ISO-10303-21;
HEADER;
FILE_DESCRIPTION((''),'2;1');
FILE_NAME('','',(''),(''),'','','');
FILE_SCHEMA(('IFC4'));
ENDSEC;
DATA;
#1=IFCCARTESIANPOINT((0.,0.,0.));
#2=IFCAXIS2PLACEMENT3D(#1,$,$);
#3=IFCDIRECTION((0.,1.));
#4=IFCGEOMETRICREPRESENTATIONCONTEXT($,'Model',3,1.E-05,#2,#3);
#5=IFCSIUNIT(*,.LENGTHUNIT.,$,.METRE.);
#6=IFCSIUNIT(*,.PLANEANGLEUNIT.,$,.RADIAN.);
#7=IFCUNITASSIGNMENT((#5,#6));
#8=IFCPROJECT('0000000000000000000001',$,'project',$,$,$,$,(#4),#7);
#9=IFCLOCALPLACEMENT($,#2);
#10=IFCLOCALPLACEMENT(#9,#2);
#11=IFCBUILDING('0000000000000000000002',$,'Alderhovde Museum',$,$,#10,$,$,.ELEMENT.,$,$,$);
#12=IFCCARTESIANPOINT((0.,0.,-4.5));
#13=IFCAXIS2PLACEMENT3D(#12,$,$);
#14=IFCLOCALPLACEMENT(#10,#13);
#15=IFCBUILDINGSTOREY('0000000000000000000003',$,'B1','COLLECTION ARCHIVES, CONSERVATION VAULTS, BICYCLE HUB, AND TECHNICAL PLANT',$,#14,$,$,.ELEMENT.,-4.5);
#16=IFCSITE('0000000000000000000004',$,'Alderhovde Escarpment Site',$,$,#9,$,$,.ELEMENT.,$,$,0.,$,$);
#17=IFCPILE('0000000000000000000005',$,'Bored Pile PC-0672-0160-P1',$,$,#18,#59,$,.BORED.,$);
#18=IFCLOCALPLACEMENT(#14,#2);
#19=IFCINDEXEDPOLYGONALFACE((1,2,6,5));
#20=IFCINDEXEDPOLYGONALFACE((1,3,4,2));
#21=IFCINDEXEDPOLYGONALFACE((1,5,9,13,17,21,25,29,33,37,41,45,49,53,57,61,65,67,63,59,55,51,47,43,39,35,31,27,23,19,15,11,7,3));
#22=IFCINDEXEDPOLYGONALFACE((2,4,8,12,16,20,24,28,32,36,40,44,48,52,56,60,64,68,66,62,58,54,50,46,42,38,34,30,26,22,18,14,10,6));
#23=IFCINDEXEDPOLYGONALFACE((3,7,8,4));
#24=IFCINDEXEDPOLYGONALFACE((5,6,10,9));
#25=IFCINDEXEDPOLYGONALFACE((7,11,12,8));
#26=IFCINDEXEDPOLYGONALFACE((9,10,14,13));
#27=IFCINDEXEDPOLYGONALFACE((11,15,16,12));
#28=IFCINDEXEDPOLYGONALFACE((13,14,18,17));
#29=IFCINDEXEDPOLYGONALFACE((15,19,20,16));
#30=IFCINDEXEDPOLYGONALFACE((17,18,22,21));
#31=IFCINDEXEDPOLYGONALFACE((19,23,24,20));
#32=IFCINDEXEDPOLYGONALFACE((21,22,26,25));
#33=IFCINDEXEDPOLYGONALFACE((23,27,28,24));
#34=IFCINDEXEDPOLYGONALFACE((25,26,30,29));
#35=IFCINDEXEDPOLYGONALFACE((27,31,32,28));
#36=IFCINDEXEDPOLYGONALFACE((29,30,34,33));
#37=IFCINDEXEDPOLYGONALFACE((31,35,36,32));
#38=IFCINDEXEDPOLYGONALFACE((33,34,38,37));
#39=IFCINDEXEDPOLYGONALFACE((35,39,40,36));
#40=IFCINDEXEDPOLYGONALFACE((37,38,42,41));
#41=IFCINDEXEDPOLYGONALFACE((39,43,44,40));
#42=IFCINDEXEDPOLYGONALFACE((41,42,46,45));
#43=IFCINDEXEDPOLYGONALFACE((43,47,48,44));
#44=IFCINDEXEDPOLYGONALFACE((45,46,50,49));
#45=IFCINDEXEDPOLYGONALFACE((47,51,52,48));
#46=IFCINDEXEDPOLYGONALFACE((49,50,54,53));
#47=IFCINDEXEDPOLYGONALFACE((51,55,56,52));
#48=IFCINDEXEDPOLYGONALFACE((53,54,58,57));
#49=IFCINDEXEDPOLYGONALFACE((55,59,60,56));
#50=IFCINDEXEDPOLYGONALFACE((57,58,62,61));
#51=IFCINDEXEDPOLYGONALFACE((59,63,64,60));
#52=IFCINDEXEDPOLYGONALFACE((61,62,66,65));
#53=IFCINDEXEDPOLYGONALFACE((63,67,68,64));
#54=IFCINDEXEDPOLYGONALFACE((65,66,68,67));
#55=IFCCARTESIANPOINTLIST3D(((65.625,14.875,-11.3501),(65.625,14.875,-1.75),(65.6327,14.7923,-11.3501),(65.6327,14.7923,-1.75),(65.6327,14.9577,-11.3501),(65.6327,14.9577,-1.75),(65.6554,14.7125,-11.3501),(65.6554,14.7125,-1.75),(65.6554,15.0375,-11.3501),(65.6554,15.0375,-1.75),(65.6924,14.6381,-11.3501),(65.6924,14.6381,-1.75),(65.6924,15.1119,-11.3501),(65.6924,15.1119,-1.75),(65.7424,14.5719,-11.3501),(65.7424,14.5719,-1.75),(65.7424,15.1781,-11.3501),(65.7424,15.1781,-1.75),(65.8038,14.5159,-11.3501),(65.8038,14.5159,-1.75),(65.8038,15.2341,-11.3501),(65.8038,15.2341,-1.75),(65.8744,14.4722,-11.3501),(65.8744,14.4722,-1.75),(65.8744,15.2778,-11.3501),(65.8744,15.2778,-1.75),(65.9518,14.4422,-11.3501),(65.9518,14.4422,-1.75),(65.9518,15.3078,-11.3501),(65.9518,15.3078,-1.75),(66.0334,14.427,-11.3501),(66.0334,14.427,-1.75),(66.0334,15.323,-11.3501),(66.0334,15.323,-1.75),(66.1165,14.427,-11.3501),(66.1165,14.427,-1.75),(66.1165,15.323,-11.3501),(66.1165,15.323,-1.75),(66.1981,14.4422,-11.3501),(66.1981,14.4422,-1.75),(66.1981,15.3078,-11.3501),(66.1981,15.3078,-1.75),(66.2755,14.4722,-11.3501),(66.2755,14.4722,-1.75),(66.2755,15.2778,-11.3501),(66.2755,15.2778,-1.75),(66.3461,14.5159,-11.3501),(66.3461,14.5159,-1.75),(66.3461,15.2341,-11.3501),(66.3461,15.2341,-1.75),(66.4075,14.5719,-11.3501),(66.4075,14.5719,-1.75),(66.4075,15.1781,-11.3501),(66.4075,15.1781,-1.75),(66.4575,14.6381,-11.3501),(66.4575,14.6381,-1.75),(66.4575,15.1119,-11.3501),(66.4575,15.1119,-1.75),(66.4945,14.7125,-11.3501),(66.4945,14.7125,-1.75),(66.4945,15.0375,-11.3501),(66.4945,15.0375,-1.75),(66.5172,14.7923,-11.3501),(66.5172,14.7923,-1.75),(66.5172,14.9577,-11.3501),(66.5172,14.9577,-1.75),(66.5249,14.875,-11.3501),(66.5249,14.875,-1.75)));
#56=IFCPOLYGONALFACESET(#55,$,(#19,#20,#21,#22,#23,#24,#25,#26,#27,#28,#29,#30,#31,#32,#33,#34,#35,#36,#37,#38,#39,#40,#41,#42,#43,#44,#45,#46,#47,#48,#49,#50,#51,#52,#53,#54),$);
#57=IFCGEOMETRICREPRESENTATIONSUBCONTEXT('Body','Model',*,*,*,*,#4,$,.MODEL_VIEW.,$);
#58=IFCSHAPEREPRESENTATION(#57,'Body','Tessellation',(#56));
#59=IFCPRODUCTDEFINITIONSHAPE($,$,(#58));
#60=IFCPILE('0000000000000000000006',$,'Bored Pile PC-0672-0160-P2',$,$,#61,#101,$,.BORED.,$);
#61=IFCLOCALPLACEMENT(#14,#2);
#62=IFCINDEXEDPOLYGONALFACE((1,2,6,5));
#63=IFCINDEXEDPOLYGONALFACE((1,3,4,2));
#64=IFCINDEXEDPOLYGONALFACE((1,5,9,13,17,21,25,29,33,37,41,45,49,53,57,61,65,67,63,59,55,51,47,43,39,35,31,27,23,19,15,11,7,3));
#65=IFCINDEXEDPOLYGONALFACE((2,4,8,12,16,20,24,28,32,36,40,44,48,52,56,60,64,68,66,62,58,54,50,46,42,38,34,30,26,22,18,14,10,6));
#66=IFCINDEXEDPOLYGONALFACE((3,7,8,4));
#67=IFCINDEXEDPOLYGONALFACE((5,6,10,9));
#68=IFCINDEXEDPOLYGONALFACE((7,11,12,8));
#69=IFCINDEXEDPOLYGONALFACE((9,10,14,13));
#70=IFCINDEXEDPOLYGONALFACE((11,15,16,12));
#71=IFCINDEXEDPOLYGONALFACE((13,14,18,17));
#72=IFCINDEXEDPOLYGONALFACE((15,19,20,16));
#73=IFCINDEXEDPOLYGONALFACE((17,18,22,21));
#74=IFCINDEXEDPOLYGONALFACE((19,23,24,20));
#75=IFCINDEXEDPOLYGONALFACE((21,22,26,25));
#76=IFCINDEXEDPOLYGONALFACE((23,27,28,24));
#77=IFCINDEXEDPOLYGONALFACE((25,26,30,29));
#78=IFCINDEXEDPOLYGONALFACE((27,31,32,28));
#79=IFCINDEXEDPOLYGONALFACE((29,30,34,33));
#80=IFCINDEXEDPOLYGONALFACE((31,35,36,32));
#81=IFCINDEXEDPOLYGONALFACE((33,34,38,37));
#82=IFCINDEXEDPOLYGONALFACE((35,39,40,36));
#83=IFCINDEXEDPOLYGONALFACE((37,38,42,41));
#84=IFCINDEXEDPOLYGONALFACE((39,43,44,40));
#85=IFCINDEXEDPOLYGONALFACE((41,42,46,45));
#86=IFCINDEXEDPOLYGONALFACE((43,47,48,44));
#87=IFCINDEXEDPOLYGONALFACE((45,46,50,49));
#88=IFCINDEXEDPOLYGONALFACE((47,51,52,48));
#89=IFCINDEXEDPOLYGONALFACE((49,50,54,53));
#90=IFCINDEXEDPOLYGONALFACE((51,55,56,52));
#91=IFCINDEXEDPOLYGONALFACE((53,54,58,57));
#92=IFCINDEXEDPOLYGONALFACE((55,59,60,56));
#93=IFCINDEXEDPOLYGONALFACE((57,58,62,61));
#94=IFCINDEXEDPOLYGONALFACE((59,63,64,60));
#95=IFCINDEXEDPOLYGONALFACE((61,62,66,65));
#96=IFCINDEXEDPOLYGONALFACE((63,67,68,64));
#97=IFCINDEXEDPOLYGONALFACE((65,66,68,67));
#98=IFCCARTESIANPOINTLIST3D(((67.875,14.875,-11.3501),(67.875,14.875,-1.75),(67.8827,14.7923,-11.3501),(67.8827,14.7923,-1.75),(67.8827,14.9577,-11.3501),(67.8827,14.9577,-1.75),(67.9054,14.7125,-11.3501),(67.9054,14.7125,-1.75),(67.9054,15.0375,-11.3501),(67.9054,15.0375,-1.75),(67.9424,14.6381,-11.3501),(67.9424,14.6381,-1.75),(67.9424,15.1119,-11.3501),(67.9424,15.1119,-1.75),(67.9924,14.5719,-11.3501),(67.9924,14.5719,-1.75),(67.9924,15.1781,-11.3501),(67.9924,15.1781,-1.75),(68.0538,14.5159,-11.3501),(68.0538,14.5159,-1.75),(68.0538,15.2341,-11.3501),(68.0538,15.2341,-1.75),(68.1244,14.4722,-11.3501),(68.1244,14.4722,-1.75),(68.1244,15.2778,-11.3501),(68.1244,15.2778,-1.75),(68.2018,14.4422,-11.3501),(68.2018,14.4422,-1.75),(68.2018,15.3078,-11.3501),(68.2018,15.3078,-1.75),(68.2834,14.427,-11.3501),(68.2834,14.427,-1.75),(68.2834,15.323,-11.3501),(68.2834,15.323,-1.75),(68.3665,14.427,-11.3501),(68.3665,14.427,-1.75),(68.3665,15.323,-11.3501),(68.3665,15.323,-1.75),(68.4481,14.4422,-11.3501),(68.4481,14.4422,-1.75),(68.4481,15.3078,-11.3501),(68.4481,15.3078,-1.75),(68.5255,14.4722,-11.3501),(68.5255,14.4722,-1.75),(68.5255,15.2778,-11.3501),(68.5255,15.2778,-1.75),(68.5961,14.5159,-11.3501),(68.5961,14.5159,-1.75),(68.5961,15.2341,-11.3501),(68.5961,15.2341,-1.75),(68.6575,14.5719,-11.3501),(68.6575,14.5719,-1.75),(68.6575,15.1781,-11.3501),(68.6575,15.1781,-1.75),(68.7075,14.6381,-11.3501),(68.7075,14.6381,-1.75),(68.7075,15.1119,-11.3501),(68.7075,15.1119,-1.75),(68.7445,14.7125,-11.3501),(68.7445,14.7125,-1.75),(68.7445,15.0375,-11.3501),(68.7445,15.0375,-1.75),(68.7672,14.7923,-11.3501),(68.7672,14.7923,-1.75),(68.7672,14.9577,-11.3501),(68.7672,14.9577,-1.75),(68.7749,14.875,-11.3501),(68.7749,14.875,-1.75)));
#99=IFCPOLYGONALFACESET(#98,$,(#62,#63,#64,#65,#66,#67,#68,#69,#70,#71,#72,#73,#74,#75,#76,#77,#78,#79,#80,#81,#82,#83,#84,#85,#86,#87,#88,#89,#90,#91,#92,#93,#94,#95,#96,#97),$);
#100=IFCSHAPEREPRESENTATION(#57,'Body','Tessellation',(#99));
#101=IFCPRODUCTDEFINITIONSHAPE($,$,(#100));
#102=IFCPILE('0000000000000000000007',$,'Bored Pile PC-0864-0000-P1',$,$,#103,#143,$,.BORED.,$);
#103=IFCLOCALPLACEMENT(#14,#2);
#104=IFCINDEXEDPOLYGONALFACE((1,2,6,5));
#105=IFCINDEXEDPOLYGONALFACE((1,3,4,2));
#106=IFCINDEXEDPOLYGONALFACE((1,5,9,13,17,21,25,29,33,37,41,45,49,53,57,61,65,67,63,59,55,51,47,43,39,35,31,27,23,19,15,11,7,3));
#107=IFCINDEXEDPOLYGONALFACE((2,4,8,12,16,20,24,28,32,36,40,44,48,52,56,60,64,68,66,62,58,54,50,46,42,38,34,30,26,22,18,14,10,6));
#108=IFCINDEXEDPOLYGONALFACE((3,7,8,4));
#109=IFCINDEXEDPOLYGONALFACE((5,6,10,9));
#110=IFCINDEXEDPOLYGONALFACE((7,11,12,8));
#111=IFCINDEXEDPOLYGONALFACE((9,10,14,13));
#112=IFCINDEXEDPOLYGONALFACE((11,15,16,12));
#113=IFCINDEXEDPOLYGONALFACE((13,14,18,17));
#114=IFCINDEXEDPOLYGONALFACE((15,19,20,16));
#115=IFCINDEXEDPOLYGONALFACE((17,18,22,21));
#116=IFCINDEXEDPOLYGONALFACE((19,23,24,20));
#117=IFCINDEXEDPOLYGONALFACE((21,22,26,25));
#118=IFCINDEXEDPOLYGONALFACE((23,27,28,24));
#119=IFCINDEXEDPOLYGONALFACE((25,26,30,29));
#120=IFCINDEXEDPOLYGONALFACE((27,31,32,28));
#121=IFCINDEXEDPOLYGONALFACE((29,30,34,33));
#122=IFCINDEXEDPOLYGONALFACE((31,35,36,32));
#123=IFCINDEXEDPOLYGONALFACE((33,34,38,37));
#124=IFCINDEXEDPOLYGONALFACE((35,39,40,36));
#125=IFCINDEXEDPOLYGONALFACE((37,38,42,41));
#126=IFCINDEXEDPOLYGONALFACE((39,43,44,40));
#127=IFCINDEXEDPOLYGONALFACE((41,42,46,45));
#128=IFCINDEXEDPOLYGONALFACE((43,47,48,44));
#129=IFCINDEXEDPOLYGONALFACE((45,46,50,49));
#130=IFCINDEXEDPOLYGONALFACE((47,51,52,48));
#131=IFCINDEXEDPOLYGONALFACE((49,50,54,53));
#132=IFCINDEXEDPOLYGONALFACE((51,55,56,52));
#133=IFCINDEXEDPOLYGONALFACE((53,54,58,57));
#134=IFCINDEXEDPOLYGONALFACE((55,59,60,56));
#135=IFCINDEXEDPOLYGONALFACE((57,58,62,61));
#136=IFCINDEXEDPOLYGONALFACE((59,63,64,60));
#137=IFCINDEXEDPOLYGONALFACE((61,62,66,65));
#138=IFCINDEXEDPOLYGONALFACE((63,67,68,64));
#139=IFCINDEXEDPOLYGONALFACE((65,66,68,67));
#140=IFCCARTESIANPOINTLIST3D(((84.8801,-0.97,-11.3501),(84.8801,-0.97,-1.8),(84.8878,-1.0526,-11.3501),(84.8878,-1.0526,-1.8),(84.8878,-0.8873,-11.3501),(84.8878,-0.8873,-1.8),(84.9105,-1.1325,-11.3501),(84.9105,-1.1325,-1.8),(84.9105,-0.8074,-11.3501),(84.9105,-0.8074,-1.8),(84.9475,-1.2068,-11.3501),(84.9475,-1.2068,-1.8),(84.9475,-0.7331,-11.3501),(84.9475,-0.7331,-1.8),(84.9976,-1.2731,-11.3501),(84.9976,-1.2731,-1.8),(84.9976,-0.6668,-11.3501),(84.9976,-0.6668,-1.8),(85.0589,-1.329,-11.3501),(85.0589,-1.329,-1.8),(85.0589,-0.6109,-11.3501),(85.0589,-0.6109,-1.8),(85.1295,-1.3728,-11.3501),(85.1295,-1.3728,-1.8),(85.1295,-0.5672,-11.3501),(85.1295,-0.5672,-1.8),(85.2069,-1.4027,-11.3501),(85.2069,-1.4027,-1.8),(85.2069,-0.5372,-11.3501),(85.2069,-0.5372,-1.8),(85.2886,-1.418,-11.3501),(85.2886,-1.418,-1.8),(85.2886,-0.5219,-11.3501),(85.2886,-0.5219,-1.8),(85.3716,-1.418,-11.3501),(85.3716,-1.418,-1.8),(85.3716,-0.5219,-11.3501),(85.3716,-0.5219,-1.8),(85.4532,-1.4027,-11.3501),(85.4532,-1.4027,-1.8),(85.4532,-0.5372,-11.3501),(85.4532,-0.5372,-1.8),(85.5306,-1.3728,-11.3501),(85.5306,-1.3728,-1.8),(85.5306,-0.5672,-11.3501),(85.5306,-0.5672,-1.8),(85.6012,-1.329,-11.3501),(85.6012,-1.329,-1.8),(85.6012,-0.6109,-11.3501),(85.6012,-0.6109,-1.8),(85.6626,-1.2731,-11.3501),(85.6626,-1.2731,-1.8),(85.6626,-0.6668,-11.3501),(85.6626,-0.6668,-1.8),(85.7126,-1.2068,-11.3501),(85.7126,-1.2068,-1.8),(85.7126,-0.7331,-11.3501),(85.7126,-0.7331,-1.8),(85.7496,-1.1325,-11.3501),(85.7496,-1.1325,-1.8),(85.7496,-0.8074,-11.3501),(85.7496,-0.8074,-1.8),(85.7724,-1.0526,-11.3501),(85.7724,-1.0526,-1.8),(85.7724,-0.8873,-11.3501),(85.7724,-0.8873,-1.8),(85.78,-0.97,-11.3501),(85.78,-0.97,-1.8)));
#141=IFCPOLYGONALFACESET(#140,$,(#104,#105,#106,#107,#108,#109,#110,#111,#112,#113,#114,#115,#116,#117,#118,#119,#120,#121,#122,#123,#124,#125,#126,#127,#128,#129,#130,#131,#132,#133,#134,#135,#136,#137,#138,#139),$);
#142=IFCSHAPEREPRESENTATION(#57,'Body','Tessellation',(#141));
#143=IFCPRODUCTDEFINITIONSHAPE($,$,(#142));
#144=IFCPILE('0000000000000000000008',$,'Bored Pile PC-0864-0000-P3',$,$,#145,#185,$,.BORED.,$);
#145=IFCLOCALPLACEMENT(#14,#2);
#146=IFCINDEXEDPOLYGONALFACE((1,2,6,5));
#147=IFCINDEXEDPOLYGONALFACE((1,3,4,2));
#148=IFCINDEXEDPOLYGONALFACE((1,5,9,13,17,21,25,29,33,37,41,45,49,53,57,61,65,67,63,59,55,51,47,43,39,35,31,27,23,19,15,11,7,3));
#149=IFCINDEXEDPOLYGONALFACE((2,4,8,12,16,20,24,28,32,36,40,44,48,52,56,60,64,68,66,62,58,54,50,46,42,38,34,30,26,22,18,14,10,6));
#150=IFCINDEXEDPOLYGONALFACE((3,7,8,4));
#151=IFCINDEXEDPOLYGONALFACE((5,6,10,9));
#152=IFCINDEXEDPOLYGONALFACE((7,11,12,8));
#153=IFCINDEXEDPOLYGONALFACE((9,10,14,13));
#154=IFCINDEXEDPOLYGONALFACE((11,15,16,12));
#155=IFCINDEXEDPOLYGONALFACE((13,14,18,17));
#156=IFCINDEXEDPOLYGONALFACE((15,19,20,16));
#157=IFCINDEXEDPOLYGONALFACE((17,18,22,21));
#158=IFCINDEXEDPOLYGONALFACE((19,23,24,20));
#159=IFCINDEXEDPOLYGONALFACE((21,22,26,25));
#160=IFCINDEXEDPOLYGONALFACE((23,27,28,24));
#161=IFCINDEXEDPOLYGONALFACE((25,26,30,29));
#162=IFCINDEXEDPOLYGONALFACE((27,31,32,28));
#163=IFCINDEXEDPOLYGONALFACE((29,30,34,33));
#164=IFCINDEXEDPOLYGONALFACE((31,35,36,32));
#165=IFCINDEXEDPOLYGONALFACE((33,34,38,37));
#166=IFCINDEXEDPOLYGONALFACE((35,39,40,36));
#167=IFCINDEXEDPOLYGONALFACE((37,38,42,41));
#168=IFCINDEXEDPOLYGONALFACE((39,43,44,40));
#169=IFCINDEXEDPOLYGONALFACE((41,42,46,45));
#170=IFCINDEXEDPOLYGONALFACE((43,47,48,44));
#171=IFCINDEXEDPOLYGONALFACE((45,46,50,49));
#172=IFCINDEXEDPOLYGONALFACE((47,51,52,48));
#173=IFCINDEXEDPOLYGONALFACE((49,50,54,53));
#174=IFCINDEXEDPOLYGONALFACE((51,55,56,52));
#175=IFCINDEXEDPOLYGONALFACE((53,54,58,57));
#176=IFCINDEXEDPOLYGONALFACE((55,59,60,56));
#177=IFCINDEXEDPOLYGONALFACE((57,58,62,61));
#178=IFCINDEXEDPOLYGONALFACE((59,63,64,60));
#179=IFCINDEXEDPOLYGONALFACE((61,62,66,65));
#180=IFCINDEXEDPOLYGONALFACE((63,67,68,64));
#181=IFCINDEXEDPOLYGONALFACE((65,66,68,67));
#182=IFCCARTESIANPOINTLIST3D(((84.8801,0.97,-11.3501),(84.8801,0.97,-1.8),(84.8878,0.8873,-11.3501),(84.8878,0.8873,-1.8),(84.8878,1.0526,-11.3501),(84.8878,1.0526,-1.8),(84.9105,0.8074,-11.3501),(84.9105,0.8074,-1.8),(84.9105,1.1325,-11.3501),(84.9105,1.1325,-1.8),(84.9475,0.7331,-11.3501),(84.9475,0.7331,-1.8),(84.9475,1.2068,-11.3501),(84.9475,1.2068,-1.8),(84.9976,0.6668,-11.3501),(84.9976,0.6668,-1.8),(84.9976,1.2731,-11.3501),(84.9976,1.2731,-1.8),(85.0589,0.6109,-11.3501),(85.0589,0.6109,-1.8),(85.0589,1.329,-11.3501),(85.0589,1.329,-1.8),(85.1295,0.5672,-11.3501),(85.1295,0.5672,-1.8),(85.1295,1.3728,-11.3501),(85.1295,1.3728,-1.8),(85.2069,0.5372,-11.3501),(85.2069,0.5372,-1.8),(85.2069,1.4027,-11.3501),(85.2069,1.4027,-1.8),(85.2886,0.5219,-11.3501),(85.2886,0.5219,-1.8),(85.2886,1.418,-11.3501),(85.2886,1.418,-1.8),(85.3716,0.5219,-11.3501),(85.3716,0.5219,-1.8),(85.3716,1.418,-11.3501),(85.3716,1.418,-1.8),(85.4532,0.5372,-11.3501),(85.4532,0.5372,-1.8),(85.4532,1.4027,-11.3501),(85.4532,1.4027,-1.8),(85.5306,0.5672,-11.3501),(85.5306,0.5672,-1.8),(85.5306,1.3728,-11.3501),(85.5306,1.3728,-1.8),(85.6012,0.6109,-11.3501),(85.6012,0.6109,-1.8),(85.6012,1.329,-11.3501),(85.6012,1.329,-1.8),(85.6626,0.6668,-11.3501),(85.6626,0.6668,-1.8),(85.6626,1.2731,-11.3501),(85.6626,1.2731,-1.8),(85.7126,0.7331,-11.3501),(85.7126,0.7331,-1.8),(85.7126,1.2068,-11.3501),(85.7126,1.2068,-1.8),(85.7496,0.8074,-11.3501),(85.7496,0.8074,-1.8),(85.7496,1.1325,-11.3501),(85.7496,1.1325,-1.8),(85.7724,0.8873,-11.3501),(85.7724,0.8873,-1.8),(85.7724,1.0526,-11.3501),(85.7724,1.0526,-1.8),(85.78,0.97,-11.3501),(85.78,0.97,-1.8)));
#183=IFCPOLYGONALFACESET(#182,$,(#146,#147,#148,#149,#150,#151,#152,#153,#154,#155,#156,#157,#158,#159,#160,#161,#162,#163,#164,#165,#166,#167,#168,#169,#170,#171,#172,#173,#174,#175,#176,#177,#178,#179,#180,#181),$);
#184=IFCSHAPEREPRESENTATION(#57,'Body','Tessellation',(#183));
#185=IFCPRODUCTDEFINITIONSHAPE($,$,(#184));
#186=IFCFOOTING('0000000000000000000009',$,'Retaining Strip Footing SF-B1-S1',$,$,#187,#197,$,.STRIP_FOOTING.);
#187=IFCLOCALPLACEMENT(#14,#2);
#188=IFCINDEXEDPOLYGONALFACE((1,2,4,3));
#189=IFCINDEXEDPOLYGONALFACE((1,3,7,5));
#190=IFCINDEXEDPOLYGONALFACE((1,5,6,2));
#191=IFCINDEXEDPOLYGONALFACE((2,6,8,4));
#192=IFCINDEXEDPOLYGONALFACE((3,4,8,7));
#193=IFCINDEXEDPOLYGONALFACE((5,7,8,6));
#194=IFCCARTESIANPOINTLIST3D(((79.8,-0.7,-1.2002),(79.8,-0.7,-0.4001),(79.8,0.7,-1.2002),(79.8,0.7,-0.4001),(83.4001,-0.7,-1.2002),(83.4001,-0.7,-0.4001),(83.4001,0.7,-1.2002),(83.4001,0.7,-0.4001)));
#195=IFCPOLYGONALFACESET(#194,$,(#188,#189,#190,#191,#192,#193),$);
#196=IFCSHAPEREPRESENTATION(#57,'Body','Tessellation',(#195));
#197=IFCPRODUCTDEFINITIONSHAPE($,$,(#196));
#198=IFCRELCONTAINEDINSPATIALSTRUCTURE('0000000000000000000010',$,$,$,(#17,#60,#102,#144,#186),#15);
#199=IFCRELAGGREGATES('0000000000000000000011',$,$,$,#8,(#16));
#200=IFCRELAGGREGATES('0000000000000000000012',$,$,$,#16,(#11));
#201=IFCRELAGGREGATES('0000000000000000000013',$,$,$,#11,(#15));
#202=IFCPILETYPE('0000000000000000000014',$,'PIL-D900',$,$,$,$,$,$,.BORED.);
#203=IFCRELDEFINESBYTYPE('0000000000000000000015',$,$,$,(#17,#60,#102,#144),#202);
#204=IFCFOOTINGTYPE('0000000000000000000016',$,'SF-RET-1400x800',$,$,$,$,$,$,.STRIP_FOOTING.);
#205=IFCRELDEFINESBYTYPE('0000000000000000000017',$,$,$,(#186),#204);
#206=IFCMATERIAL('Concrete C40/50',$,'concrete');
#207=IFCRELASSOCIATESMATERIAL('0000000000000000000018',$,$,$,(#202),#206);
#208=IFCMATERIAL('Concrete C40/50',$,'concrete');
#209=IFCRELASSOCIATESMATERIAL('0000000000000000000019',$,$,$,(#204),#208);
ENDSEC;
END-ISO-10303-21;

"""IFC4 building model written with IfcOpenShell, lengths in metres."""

from ifc_helpers import new_model, si_unit, direction, frame, origin, origin_2d, place, context, subcontext, project, spatial, rectangle, circle, extrude, material, material_profile, profile_set, type_object, element, save


model = new_model("IFC4")

# Units and contexts
model_context = context("Model", 3, precision=1e-05, world=origin(), true_north=direction((0.0, 1.0)))
body_context = subcontext(model_context, "Body", "Model", "MODEL_VIEW")
ifc_project = project(units=[si_unit("LENGTHUNIT", "METRE"), si_unit("PLANEANGLEUNIT", "RADIAN")], contexts=[model_context])

# Site, building, storey
site_placement = place(None, origin())
site = spatial("IfcSite", under=ifc_project, at=site_placement, Name="Alderhovde Escarpment Site", CompositionType="ELEMENT", RefElevation=0.0)
building_placement = place(site_placement, origin())
building = spatial("IfcBuilding", under=site, at=building_placement, Name="Alderhovde Museum", CompositionType="ELEMENT")
storey_placement = place(building_placement, frame((0.0, 0.0, -4.5)))
storey = spatial("IfcBuildingStorey", under=building, at=storey_placement, Name="B1", Description="COLLECTION ARCHIVES, CONSERVATION VAULTS, BICYCLE HUB, AND TECHNICAL PLANT", CompositionType="ELEMENT", Elevation=-4.5)

# Piles
ifc_material_1 = material(Name="Concrete C40/50", Category="concrete")
ifc_material_profile_1 = material_profile(ifc_material_1, circle(Radius=0.45, at=origin_2d()), Name="PILE-D900")
ifc_profile_set_1 = profile_set([ifc_material_profile_1], Name="Concrete C40/50")
pile_type_1 = type_object("IfcPileType", Name="PIL-D900", PredefinedType="BORED", material=ifc_profile_set_1)
for number, where, z_axis, x_axis, name in (
    (1, (66.075, 14.875, -1.75), (0.0, 0.0, -1.0), (1.0, 0.0, 0.0), "Bored Pile PC-0672-0160-P1"),
    (2, (68.325, 14.875, -1.75), (0.0, 0.0, -1.0), (1.0, 0.0, 0.0), "Bored Pile PC-0672-0160-P2"),
):
    element("IfcPile", number, at=place(storey_placement, frame(where, z_axis=z_axis, x_axis=x_axis)), inside=storey, type_object=pile_type_1, Name=name, PredefinedType="BORED", context=body_context, shape_type="SweptSolid", body=[
        extrude(circle(Radius=0.45, at=origin_2d()), origin(), (0.0, 0.0, 1.0), 9.6001),
    ])
for number, where, z_axis, x_axis, name in (
    (3, (85.3301, -0.97, -1.8), (0.0, 0.0, -1.0), (1.0, 0.0, 0.0), "Bored Pile PC-0864-0000-P1"),
    (4, (85.3301, 0.97, -1.8), (0.0, 0.0, -1.0), (1.0, 0.0, 0.0), "Bored Pile PC-0864-0000-P3"),
):
    element("IfcPile", number, at=place(storey_placement, frame(where, z_axis=z_axis, x_axis=x_axis)), inside=storey, type_object=pile_type_1, Name=name, PredefinedType="BORED", context=body_context, shape_type="SweptSolid", body=[
        extrude(circle(Radius=0.45, at=origin_2d()), origin(), (0.0, 0.0, 1.0), 9.55),
    ])

# Footing
ifc_material_2 = material(Name="Concrete C40/50", Category="concrete")
footing_type_1 = type_object("IfcFootingType", Name="SF-RET-1400x800", PredefinedType="STRIP_FOOTING", material=ifc_material_2)
footing_1_placement = place(storey_placement, frame((81.6001, 0.0, -1.2002), z_axis=(0.0, 0.0, 1.0), x_axis=(1.0, 0.0, 0.0)))
element("IfcFooting", 5, at=footing_1_placement, inside=storey, type_object=footing_type_1, Name="Retaining Strip Footing SF-B1-S1", PredefinedType="STRIP_FOOTING", context=body_context, shape_type="SweptSolid", body=[
    extrude(rectangle(XDim=3.6001, YDim=1.3999, at=origin_2d()), origin(), (0.0, 0.0, 1.0), 0.8),
])

save(model, "model.ifc")
